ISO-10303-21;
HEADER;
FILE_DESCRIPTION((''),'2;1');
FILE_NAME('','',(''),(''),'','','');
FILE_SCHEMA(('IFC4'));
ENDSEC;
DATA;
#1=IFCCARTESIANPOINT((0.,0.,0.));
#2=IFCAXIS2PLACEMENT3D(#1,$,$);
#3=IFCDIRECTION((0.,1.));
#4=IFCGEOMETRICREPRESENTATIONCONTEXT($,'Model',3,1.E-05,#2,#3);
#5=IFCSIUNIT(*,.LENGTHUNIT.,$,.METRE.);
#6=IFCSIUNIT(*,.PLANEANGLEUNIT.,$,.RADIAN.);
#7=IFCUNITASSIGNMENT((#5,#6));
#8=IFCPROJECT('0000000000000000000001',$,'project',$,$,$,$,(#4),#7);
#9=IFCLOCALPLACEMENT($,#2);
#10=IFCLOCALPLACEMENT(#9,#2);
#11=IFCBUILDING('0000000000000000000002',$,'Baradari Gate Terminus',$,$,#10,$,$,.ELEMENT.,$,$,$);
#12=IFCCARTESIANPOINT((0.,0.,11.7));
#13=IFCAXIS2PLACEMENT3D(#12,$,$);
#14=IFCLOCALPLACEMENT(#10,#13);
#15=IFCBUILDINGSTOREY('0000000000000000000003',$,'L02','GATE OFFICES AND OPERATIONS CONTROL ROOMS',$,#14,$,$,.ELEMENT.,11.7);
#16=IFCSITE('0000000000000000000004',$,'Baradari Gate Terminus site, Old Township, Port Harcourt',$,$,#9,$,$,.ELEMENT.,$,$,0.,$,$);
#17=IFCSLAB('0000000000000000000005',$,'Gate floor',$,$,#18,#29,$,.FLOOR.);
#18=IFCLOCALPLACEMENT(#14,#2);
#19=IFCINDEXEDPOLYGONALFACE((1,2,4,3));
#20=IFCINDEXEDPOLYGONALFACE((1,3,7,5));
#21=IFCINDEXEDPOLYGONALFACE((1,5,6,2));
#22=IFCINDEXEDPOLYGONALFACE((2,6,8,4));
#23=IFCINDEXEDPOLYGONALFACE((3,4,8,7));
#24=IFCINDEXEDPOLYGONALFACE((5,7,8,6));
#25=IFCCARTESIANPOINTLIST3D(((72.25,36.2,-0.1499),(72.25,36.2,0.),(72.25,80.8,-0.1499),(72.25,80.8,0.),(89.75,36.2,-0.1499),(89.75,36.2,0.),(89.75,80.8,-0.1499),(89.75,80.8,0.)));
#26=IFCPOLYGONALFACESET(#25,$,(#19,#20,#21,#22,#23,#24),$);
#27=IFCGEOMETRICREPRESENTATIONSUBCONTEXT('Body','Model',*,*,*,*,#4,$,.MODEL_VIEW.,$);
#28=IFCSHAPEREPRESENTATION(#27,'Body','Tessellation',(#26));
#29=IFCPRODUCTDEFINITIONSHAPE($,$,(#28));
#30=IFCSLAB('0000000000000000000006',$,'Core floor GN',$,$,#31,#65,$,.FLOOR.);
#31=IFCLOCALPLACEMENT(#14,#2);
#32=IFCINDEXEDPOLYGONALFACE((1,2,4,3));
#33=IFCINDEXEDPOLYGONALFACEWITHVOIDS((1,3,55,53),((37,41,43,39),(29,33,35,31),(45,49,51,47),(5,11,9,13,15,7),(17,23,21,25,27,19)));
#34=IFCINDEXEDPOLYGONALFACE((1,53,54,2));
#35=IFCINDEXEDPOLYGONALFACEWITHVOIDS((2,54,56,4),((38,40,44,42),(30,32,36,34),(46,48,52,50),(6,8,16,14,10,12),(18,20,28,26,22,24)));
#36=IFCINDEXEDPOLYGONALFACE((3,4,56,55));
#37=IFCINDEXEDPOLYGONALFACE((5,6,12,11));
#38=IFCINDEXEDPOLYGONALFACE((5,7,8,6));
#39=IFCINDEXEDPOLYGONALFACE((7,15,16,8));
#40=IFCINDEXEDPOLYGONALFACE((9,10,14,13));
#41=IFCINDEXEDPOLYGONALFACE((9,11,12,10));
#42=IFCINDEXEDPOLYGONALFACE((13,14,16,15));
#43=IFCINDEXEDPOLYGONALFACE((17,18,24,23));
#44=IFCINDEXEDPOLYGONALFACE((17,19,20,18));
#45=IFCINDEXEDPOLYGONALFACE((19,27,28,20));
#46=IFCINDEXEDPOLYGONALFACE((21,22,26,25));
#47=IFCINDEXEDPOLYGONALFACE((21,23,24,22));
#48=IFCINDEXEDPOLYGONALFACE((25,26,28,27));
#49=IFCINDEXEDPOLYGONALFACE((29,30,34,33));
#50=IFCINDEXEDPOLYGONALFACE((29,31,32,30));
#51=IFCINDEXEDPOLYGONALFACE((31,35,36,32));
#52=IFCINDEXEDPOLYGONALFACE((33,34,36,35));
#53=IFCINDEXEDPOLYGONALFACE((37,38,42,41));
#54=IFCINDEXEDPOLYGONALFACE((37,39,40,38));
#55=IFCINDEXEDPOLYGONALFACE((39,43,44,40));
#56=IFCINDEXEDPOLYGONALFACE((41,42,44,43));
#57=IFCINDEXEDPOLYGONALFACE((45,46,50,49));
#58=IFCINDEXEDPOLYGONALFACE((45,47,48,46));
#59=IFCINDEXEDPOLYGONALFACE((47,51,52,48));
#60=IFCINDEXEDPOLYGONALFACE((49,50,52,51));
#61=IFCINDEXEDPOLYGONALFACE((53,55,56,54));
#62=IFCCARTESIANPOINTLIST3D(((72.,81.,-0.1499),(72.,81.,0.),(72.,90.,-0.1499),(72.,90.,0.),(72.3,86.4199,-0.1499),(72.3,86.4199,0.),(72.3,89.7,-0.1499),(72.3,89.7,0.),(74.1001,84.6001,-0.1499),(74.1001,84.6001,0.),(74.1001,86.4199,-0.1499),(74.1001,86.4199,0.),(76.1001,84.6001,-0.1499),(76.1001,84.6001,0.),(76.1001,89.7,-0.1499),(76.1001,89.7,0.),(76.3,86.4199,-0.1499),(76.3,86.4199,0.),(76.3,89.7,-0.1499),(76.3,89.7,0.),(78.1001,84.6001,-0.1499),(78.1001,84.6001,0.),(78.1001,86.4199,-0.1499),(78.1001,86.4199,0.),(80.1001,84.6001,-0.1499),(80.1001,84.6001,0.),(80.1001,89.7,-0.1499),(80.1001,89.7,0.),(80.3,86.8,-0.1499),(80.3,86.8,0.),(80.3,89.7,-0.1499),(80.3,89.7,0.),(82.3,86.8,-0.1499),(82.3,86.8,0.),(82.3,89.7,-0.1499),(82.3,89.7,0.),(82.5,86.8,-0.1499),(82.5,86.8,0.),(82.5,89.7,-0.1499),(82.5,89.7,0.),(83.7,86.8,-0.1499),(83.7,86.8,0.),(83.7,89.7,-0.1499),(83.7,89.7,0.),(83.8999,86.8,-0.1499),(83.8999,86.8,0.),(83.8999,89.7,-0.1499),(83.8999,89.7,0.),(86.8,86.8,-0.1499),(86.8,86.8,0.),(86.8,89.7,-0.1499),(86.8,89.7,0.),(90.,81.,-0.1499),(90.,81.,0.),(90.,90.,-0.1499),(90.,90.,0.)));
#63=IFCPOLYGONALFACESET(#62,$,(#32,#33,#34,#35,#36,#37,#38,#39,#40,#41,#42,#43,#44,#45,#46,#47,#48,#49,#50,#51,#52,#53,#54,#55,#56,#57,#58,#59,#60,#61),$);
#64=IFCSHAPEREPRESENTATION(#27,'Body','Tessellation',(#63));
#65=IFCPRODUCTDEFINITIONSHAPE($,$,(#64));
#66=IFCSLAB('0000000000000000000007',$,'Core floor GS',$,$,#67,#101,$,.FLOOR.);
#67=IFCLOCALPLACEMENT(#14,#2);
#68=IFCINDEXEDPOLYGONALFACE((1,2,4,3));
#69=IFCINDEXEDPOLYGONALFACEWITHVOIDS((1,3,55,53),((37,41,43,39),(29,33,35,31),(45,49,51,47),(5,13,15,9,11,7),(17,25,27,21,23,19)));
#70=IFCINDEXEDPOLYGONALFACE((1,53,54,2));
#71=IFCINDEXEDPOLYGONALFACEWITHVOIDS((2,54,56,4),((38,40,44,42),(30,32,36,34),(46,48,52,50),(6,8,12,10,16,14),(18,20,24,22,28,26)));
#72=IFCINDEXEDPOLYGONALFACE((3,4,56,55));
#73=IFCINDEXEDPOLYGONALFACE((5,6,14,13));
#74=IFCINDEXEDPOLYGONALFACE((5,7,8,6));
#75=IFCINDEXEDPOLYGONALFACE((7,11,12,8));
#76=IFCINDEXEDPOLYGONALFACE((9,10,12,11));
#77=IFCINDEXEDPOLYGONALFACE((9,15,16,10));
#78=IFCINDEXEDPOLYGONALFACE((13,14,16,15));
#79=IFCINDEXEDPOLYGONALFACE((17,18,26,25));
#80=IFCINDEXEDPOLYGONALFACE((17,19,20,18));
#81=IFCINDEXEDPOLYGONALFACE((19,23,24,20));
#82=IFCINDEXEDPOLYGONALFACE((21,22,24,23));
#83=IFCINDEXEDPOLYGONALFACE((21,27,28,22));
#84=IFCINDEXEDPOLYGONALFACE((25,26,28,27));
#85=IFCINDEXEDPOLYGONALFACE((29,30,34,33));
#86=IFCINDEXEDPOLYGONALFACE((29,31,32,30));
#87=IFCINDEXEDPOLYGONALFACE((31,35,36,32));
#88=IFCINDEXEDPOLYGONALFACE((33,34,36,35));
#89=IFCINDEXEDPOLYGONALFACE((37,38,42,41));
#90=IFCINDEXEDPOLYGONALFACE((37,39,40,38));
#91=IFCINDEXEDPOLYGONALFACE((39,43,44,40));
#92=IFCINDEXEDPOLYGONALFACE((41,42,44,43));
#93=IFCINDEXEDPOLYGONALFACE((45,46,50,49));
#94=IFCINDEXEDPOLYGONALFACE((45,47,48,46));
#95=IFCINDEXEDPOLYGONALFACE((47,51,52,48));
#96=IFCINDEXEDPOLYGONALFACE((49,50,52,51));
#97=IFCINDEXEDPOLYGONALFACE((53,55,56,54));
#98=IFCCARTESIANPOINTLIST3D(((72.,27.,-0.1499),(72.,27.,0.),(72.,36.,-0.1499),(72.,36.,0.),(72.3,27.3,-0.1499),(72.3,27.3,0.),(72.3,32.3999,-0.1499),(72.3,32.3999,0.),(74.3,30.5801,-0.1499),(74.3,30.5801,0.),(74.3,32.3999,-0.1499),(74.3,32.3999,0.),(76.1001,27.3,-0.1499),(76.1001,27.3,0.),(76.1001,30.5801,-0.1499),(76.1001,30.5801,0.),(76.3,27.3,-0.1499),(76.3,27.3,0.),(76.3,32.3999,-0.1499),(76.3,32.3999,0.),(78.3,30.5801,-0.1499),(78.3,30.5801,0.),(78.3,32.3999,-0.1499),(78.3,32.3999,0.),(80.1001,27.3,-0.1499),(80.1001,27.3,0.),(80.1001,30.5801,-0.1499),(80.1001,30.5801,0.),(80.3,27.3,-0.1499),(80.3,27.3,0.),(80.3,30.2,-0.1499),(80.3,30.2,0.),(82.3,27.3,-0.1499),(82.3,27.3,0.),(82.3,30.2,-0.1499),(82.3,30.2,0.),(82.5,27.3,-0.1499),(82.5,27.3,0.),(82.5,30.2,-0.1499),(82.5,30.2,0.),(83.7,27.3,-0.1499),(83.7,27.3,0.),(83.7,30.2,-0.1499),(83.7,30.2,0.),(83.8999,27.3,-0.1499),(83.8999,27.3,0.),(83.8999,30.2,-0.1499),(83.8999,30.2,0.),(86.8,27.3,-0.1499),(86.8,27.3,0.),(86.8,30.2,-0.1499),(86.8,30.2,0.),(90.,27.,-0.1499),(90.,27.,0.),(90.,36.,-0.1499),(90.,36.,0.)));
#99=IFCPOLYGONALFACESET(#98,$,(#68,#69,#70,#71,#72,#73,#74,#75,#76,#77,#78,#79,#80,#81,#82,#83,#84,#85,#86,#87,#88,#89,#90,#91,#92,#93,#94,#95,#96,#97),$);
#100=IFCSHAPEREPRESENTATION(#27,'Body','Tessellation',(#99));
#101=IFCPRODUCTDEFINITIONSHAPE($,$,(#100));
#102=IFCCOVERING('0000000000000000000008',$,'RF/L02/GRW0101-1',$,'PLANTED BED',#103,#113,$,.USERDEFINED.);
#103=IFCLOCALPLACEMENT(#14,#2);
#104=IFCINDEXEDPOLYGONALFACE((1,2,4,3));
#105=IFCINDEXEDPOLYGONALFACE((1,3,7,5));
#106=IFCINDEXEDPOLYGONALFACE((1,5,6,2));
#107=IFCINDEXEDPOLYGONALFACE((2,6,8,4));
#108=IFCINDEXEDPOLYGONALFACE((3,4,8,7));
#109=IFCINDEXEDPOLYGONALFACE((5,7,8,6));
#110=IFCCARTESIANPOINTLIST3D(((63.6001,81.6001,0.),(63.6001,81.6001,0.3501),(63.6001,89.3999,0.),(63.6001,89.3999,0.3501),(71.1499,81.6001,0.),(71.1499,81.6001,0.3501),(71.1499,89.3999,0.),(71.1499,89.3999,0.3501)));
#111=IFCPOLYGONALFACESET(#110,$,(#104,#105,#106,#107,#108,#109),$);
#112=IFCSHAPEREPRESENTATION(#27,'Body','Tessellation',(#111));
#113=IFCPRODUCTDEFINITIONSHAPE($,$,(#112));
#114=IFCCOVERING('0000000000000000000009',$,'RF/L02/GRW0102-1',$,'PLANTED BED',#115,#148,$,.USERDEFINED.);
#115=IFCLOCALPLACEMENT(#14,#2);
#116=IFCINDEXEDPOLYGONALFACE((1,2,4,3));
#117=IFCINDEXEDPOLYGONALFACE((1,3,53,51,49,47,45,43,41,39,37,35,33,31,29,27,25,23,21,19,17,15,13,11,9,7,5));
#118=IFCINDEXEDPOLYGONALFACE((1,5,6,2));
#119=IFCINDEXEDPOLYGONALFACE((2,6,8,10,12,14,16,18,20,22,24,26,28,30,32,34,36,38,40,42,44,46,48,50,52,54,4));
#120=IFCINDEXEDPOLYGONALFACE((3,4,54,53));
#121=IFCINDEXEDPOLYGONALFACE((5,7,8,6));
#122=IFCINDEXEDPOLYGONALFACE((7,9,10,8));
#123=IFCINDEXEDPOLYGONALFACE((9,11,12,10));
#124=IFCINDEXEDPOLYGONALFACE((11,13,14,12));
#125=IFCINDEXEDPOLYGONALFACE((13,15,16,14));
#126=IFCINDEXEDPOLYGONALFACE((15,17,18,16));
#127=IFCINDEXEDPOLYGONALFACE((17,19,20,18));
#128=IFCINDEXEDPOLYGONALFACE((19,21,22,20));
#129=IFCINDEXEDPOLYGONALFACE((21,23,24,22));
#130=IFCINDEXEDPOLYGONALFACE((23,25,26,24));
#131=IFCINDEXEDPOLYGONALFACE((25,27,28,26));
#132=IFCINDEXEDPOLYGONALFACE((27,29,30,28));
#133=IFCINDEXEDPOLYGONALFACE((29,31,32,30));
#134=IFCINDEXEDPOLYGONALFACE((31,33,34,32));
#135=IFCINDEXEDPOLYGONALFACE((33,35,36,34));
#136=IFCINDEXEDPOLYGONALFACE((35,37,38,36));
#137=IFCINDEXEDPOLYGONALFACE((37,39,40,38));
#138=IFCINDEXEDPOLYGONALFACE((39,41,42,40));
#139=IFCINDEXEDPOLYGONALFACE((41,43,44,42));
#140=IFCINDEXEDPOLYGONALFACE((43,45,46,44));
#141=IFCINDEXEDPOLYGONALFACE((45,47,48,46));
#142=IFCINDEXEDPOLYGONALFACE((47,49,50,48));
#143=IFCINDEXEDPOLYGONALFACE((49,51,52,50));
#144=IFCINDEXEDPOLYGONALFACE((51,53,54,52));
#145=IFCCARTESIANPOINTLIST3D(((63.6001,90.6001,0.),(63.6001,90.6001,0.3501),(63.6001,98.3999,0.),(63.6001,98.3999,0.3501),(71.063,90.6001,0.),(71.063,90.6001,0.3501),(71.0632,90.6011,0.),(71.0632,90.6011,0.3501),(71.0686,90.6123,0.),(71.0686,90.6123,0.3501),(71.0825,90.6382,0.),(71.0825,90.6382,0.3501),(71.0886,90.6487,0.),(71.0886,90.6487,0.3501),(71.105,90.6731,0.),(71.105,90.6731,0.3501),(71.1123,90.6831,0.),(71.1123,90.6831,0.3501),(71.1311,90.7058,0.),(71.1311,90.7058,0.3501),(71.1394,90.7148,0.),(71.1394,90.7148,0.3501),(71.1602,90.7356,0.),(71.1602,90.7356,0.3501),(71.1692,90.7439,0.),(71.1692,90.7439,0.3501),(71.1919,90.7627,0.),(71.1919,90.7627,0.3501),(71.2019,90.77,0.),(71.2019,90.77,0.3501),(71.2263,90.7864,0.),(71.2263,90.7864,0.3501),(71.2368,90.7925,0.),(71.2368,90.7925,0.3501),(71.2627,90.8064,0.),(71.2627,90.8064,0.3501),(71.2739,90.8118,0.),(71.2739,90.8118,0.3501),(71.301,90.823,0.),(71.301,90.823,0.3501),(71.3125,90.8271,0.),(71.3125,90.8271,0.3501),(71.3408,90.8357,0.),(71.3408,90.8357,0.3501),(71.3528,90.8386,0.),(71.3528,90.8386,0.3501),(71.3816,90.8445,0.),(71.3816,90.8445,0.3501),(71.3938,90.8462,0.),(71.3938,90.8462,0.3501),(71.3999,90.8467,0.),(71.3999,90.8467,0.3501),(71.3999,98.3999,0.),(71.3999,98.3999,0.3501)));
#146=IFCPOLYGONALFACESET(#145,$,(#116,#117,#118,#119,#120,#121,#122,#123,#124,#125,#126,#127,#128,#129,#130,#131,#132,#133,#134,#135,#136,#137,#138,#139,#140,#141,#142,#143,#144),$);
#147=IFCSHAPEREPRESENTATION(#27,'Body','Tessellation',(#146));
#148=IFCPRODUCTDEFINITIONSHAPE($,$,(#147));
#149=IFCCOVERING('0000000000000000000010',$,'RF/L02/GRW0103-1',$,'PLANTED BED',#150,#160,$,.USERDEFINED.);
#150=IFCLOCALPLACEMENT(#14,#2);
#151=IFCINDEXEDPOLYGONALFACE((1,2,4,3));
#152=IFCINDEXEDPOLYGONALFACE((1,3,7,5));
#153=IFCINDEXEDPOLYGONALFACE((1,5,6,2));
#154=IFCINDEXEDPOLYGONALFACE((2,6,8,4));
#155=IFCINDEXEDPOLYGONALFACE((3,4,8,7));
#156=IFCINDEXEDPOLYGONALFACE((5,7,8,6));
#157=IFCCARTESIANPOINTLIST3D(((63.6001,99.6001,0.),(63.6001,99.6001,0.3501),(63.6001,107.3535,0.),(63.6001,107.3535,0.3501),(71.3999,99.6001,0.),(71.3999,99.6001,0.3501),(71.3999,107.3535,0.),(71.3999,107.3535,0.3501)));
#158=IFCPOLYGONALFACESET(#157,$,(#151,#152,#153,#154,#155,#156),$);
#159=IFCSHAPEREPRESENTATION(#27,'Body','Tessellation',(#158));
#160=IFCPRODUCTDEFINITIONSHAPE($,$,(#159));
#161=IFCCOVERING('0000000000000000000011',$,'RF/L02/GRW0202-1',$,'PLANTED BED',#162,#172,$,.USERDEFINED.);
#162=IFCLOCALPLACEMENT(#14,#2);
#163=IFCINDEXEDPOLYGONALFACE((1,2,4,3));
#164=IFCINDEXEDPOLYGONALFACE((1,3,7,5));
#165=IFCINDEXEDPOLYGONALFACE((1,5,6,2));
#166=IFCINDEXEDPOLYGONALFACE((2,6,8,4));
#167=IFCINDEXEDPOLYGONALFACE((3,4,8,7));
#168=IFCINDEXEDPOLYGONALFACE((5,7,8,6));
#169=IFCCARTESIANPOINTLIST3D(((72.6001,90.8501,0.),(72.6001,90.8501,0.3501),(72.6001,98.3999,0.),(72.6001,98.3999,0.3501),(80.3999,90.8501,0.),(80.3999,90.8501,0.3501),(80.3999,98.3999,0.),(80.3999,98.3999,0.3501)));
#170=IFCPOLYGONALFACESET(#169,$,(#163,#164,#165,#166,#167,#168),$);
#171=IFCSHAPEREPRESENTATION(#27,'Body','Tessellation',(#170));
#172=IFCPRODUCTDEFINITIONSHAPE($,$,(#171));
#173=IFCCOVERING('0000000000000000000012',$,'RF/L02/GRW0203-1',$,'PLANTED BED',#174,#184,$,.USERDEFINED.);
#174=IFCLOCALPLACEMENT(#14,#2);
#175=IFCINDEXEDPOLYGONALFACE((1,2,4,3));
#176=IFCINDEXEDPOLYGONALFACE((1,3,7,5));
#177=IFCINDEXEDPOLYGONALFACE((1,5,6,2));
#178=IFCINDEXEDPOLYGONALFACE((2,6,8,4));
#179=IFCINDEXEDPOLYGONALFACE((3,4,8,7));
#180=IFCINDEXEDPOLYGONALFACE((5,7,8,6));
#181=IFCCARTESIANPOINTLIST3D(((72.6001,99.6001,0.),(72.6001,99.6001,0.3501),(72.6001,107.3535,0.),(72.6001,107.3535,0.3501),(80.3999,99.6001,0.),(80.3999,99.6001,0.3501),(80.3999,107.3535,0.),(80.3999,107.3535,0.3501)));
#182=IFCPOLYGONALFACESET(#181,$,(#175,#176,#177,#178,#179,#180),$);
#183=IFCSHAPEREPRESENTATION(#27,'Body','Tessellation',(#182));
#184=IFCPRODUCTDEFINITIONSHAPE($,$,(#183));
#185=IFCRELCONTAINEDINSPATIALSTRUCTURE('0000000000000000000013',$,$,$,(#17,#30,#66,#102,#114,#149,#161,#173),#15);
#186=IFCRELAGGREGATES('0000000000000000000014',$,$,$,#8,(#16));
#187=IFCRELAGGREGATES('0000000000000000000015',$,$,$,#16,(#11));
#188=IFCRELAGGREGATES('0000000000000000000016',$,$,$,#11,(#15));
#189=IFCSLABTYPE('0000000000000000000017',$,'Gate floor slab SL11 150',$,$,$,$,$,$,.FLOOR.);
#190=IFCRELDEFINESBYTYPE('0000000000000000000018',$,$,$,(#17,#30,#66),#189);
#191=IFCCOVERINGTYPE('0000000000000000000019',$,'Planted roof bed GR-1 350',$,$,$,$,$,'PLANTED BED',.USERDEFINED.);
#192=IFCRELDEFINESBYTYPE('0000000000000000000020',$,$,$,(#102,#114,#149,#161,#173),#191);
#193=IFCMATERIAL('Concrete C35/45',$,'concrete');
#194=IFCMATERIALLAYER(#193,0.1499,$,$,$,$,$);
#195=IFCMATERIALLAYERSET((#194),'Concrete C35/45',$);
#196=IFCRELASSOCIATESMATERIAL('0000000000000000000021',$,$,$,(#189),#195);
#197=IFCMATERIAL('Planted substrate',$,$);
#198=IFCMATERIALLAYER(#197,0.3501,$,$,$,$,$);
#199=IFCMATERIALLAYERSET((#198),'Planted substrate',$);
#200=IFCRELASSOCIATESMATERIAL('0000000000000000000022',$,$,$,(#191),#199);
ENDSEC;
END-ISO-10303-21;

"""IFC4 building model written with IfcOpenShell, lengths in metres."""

from ifc_helpers import new_model, si_unit, direction, frame, origin, place, context, subcontext, project, spatial, polyline, outline, extrude, material, layer, layer_set, type_object, element, save


model = new_model("IFC4")

# Units and contexts
model_context = context("Model", 3, precision=1e-05, world=origin(), true_north=direction((0.0, 1.0)))
body_context = subcontext(model_context, "Body", "Model", "MODEL_VIEW")
ifc_project = project(units=[si_unit("LENGTHUNIT", "METRE"), si_unit("PLANEANGLEUNIT", "RADIAN")], contexts=[model_context])

# Site, building, storey
site_placement = place(None, origin())
site = spatial("IfcSite", under=ifc_project, at=site_placement, Name="Baradari Gate Terminus site, Old Township, Port Harcourt", CompositionType="ELEMENT", RefElevation=0.0)
building_placement = place(site_placement, origin())
building = spatial("IfcBuilding", under=site, at=building_placement, Name="Baradari Gate Terminus", CompositionType="ELEMENT")
storey_placement = place(building_placement, frame((0.0, 0.0, 11.7)))
storey = spatial("IfcBuildingStorey", under=building, at=storey_placement, Name="L02", Description="GATE OFFICES AND OPERATIONS CONTROL ROOMS", CompositionType="ELEMENT", Elevation=11.7)

# Slabs
ifc_material_1 = material(Name="Concrete C35/45", Category="concrete")
ifc_layer_1 = layer(ifc_material_1, 0.1499)
ifc_layer_set_1 = layer_set([ifc_layer_1], Name="Concrete C35/45")
slab_type_1 = type_object("IfcSlabType", Name="Gate floor slab SL11 150", PredefinedType="FLOOR", material=ifc_layer_set_1)
slab_1_placement = place(storey_placement, frame((0.0, 0.0, -0.1499)))
element("IfcSlab", 1, at=slab_1_placement, inside=storey, type_object=slab_type_1, Name="Gate floor", PredefinedType="FLOOR", context=body_context, shape_type="SweptSolid", body=[
    extrude(outline(polyline([(89.75, 36.2), (89.75, 80.8), (72.25, 80.8), (72.25, 36.2), (89.75, 36.2)])), origin(), (0.0, 0.0, 1.0), 0.1499),
])
slab_2_placement = place(storey_placement, frame((0.0, 0.0, -0.1499)))
element("IfcSlab", 2, at=slab_2_placement, inside=storey, type_object=slab_type_1, Name="Core floor GN", PredefinedType="FLOOR", context=body_context, shape_type="SweptSolid", body=[
    extrude(outline(polyline([(72.0, 81.0), (90.0, 81.0), (90.0, 90.0), (72.0, 90.0), (72.0, 81.0)]), holes=[polyline([(86.8, 86.8), (86.8, 89.7), (83.8999, 89.7), (83.8999, 86.8), (86.8, 86.8)]), polyline([(83.7, 89.7), (82.5, 89.7), (82.5, 86.8), (83.7, 86.8), (83.7, 89.7)]), polyline([(82.3, 89.7), (80.3, 89.7), (80.3, 86.8), (82.3, 86.8), (82.3, 89.7)]), polyline([(76.3, 89.7), (76.3, 86.4199), (78.1001, 86.4199), (78.1001, 84.6001), (80.1001, 84.6001), (80.1001, 89.7), (76.3, 89.7)]), polyline([(72.3, 89.7), (72.3, 86.4199), (74.1001, 86.4199), (74.1001, 84.6001), (76.1001, 84.6001), (76.1001, 89.7), (72.3, 89.7)])]), origin(), (0.0, 0.0, 1.0), 0.1499),
])
slab_3_placement = place(storey_placement, frame((0.0, 0.0, -0.1499)))
element("IfcSlab", 3, at=slab_3_placement, inside=storey, type_object=slab_type_1, Name="Core floor GS", PredefinedType="FLOOR", context=body_context, shape_type="SweptSolid", body=[
    extrude(outline(polyline([(72.0, 27.0), (90.0, 27.0), (90.0, 36.0), (72.0, 36.0), (72.0, 27.0)]), holes=[polyline([(86.8, 27.3), (86.8, 30.2), (83.8999, 30.2), (83.8999, 27.3), (86.8, 27.3)]), polyline([(83.7, 30.2), (82.5, 30.2), (82.5, 27.3), (83.7, 27.3), (83.7, 30.2)]), polyline([(82.3, 30.2), (80.3, 30.2), (80.3, 27.3), (82.3, 27.3), (82.3, 30.2)]), polyline([(80.1001, 27.3), (80.1001, 30.5801), (78.3, 30.5801), (78.3, 32.3999), (76.3, 32.3999), (76.3, 27.3), (80.1001, 27.3)]), polyline([(76.1001, 27.3), (76.1001, 30.5801), (74.3, 30.5801), (74.3, 32.3999), (72.3, 32.3999), (72.3, 27.3), (76.1001, 27.3)])]), origin(), (0.0, 0.0, 1.0), 0.1499),
])

# Coverings
ifc_material_2 = material(Name="Planted substrate")
ifc_layer_2 = layer(ifc_material_2, 0.3501)
ifc_layer_set_2 = layer_set([ifc_layer_2], Name="Planted substrate")
covering_type = type_object("IfcCoveringType", Name="Planted roof bed GR-1 350", ElementType="PLANTED BED", PredefinedType="USERDEFINED", material=ifc_layer_set_2)
covering_1_placement = place(storey_placement, origin())
element("IfcCovering", 4, at=covering_1_placement, inside=storey, type_object=covering_type, Name="RF/L02/GRW0101-1", ObjectType="PLANTED BED", PredefinedType="USERDEFINED", context=body_context, shape_type="SweptSolid", body=[
    extrude(outline(polyline([(63.6001, 89.3999), (71.1499, 89.3999), (71.1499, 81.6001), (63.6001, 81.6001), (63.6001, 89.3999)])), origin(), (0.0, 0.0, 1.0), 0.3501),
])
covering_2_placement = place(storey_placement, origin())
element("IfcCovering", 5, at=covering_2_placement, inside=storey, type_object=covering_type, Name="RF/L02/GRW0102-1", ObjectType="PLANTED BED", PredefinedType="USERDEFINED", context=body_context, shape_type="SweptSolid", body=[
    extrude(outline(polyline([(63.6001, 98.3999), (71.3999, 98.3999), (71.3999, 90.8467), (71.3938, 90.8462), (71.3816, 90.8445), (71.3528, 90.8386), (71.3408, 90.8357), (71.3125, 90.8271), (71.301, 90.823), (71.2739, 90.8118), (71.2627, 90.8064), (71.2368, 90.7925), (71.2263, 90.7864), (71.2019, 90.77), (71.1919, 90.7627), (71.1692, 90.7439), (71.1602, 90.7356), (71.1394, 90.7148), (71.1311, 90.7058), (71.1123, 90.6831), (71.105, 90.6731), (71.0886, 90.6487), (71.0825, 90.6382), (71.0686, 90.6123), (71.0632, 90.6011), (71.063, 90.6001), (63.6001, 90.6001), (63.6001, 98.3999)])), origin(), (0.0, 0.0, 1.0), 0.3501),
])
covering_3_placement = place(storey_placement, origin())
element("IfcCovering", 6, at=covering_3_placement, inside=storey, type_object=covering_type, Name="RF/L02/GRW0103-1", ObjectType="PLANTED BED", PredefinedType="USERDEFINED", context=body_context, shape_type="SweptSolid", body=[
    extrude(outline(polyline([(63.6001, 107.3535), (71.3999, 107.3535), (71.3999, 99.6001), (63.6001, 99.6001), (63.6001, 107.3535)])), origin(), (0.0, 0.0, 1.0), 0.3501),
])
covering_4_placement = place(storey_placement, origin())
element("IfcCovering", 7, at=covering_4_placement, inside=storey, type_object=covering_type, Name="RF/L02/GRW0202-1", ObjectType="PLANTED BED", PredefinedType="USERDEFINED", context=body_context, shape_type="SweptSolid", body=[
    extrude(outline(polyline([(80.3999, 98.3999), (80.3999, 90.8501), (72.6001, 90.8501), (72.6001, 98.3999), (80.3999, 98.3999)])), origin(), (0.0, 0.0, 1.0), 0.3501),
])
covering_5_placement = place(storey_placement, origin())
element("IfcCovering", 8, at=covering_5_placement, inside=storey, type_object=covering_type, Name="RF/L02/GRW0203-1", ObjectType="PLANTED BED", PredefinedType="USERDEFINED", context=body_context, shape_type="SweptSolid", body=[
    extrude(outline(polyline([(72.6001, 107.3535), (80.3999, 107.3535), (80.3999, 99.6001), (72.6001, 99.6001), (72.6001, 107.3535)])), origin(), (0.0, 0.0, 1.0), 0.3501),
])

save(model, "model.ifc")
